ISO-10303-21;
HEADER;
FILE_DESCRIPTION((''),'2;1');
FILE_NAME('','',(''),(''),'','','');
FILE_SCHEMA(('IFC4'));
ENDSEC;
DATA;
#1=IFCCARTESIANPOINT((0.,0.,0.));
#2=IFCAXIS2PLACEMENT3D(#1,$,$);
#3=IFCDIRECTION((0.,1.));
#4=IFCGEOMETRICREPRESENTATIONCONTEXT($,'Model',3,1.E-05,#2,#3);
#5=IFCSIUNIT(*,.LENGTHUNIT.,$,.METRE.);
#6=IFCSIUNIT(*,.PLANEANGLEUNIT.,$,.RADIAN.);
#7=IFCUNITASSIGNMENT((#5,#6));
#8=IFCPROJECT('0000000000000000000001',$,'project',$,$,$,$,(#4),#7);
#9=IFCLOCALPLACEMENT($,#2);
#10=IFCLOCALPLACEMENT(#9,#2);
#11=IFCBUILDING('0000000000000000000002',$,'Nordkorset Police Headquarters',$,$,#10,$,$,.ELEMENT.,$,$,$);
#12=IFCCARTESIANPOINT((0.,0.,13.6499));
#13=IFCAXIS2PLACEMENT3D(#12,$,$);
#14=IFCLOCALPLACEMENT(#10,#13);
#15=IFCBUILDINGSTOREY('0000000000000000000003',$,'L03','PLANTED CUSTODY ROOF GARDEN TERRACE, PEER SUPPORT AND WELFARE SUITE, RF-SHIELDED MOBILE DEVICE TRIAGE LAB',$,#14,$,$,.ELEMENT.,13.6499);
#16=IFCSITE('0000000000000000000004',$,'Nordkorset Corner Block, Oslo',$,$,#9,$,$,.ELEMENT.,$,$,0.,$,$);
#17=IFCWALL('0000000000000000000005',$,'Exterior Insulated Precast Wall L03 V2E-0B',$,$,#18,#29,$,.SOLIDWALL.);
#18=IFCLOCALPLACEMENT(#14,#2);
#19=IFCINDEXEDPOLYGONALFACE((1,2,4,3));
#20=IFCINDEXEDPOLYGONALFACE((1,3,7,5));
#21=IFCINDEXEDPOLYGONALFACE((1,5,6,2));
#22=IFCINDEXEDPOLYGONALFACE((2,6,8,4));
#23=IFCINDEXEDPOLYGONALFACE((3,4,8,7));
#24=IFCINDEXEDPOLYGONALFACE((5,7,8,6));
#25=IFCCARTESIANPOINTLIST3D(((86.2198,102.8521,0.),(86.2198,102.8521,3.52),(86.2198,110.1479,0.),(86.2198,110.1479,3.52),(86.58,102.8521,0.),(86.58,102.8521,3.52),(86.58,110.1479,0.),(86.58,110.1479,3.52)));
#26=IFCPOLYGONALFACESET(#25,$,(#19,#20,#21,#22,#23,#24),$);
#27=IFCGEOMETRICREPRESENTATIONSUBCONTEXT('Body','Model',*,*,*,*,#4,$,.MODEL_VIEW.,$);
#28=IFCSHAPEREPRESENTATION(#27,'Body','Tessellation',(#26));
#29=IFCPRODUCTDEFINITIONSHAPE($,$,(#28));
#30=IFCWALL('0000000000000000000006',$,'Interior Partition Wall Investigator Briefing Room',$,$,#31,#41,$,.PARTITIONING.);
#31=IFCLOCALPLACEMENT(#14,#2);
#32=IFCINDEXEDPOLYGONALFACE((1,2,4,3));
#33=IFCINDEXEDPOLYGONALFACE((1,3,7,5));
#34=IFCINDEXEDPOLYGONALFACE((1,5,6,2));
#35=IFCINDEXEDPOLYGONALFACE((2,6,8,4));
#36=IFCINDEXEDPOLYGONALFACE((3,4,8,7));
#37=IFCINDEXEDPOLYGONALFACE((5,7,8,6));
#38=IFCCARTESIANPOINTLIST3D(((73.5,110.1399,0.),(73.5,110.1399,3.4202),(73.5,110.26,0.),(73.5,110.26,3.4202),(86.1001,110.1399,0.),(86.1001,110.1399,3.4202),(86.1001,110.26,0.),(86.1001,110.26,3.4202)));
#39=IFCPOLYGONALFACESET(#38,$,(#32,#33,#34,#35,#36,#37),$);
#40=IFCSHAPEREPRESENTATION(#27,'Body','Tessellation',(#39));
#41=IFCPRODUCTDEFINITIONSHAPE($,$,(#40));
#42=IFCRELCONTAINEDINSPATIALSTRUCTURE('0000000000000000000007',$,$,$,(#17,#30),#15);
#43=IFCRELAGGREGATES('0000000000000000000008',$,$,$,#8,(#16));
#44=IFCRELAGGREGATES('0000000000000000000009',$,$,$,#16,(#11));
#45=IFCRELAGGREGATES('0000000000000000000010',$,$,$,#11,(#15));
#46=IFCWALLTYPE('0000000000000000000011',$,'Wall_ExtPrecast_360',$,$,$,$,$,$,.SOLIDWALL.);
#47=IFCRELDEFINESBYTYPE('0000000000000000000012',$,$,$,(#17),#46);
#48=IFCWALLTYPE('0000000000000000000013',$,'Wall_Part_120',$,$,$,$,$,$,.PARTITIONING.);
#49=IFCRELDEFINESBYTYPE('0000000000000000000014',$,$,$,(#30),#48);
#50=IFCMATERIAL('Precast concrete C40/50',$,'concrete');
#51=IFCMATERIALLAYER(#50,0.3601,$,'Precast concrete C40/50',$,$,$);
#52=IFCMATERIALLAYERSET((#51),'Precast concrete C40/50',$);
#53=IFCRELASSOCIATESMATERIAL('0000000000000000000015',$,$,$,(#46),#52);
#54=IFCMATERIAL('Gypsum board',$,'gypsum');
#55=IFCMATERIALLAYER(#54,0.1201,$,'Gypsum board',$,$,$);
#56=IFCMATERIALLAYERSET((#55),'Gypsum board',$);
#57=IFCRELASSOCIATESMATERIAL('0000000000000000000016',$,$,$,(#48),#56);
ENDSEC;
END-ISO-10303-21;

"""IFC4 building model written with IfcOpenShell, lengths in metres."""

from ifc_helpers import new_model, si_unit, direction, frame, frame_2d, origin, place, context, subcontext, project, spatial, rectangle, extrude, material, layer, layer_set, type_object, element, save


model = new_model("IFC4")

# Units and contexts
model_context = context("Model", 3, precision=1e-05, world=origin(), true_north=direction((0.0, 1.0)))
body_context = subcontext(model_context, "Body", "Model", "MODEL_VIEW")
ifc_project = project(units=[si_unit("LENGTHUNIT", "METRE"), si_unit("PLANEANGLEUNIT", "RADIAN")], contexts=[model_context])

# Site, building, storey
site_placement = place(None, origin())
site = spatial("IfcSite", under=ifc_project, at=site_placement, Name="Nordkorset Corner Block, Oslo", CompositionType="ELEMENT", RefElevation=0.0)
building_placement = place(site_placement, origin())
building = spatial("IfcBuilding", under=site, at=building_placement, Name="Nordkorset Police Headquarters", CompositionType="ELEMENT")
storey_placement = place(building_placement, frame((0.0, 0.0, 13.6499)))
storey = spatial("IfcBuildingStorey", under=building, at=storey_placement, Name="L03", Description="PLANTED CUSTODY ROOF GARDEN TERRACE, PEER SUPPORT AND WELFARE SUITE, RF-SHIELDED MOBILE DEVICE TRIAGE LAB", CompositionType="ELEMENT", Elevation=13.6499)

# Shared definitions
ifc_material_1 = material(Name="Precast concrete C40/50", Category="concrete")
ifc_layer_1 = layer(ifc_material_1, 0.3601, Name="Precast concrete C40/50")
ifc_layer_set_1 = layer_set([ifc_layer_1], Name="Precast concrete C40/50")
wall_type_1 = type_object("IfcWallType", Name="Wall_ExtPrecast_360", PredefinedType="SOLIDWALL", material=ifc_layer_set_1)

# Walls
wall_1_placement = place(storey_placement, frame((86.3999, 102.8521, 0.0), z_axis=(0.0, 0.0, 1.0), x_axis=(0.0, 1.0, 0.0)))
element("IfcWall", 1, at=wall_1_placement, inside=storey, type_object=wall_type_1, Name="Exterior Insulated Precast Wall L03 V2E-0B", PredefinedType="SOLIDWALL", context=body_context, shape_type="SweptSolid", body=[
    extrude(rectangle(XDim=7.2959, YDim=0.3601, at=frame_2d((3.6479, 0.0))), origin(), (0.0, 0.0, 1.0), 3.52),
])
ifc_material_2 = material(Name="Gypsum board", Category="gypsum")
ifc_layer_2 = layer(ifc_material_2, 0.1201, Name="Gypsum board")
ifc_layer_set_2 = layer_set([ifc_layer_2], Name="Gypsum board")
wall_type_2 = type_object("IfcWallType", Name="Wall_Part_120", PredefinedType="PARTITIONING", material=ifc_layer_set_2)
wall_2_placement = place(storey_placement, frame((86.1001, 110.2, 0.0), z_axis=(0.0, 0.0, 1.0), x_axis=(-1.0, 0.0, 0.0)))
element("IfcWall", 2, at=wall_2_placement, inside=storey, type_object=wall_type_2, Name="Interior Partition Wall Investigator Briefing Room", PredefinedType="PARTITIONING", context=body_context, shape_type="SweptSolid", body=[
    extrude(rectangle(XDim=12.6001, YDim=0.1201, at=frame_2d((6.3, 0.0))), origin(), (0.0, 0.0, 1.0), 3.4202),
])

save(model, "model.ifc")
